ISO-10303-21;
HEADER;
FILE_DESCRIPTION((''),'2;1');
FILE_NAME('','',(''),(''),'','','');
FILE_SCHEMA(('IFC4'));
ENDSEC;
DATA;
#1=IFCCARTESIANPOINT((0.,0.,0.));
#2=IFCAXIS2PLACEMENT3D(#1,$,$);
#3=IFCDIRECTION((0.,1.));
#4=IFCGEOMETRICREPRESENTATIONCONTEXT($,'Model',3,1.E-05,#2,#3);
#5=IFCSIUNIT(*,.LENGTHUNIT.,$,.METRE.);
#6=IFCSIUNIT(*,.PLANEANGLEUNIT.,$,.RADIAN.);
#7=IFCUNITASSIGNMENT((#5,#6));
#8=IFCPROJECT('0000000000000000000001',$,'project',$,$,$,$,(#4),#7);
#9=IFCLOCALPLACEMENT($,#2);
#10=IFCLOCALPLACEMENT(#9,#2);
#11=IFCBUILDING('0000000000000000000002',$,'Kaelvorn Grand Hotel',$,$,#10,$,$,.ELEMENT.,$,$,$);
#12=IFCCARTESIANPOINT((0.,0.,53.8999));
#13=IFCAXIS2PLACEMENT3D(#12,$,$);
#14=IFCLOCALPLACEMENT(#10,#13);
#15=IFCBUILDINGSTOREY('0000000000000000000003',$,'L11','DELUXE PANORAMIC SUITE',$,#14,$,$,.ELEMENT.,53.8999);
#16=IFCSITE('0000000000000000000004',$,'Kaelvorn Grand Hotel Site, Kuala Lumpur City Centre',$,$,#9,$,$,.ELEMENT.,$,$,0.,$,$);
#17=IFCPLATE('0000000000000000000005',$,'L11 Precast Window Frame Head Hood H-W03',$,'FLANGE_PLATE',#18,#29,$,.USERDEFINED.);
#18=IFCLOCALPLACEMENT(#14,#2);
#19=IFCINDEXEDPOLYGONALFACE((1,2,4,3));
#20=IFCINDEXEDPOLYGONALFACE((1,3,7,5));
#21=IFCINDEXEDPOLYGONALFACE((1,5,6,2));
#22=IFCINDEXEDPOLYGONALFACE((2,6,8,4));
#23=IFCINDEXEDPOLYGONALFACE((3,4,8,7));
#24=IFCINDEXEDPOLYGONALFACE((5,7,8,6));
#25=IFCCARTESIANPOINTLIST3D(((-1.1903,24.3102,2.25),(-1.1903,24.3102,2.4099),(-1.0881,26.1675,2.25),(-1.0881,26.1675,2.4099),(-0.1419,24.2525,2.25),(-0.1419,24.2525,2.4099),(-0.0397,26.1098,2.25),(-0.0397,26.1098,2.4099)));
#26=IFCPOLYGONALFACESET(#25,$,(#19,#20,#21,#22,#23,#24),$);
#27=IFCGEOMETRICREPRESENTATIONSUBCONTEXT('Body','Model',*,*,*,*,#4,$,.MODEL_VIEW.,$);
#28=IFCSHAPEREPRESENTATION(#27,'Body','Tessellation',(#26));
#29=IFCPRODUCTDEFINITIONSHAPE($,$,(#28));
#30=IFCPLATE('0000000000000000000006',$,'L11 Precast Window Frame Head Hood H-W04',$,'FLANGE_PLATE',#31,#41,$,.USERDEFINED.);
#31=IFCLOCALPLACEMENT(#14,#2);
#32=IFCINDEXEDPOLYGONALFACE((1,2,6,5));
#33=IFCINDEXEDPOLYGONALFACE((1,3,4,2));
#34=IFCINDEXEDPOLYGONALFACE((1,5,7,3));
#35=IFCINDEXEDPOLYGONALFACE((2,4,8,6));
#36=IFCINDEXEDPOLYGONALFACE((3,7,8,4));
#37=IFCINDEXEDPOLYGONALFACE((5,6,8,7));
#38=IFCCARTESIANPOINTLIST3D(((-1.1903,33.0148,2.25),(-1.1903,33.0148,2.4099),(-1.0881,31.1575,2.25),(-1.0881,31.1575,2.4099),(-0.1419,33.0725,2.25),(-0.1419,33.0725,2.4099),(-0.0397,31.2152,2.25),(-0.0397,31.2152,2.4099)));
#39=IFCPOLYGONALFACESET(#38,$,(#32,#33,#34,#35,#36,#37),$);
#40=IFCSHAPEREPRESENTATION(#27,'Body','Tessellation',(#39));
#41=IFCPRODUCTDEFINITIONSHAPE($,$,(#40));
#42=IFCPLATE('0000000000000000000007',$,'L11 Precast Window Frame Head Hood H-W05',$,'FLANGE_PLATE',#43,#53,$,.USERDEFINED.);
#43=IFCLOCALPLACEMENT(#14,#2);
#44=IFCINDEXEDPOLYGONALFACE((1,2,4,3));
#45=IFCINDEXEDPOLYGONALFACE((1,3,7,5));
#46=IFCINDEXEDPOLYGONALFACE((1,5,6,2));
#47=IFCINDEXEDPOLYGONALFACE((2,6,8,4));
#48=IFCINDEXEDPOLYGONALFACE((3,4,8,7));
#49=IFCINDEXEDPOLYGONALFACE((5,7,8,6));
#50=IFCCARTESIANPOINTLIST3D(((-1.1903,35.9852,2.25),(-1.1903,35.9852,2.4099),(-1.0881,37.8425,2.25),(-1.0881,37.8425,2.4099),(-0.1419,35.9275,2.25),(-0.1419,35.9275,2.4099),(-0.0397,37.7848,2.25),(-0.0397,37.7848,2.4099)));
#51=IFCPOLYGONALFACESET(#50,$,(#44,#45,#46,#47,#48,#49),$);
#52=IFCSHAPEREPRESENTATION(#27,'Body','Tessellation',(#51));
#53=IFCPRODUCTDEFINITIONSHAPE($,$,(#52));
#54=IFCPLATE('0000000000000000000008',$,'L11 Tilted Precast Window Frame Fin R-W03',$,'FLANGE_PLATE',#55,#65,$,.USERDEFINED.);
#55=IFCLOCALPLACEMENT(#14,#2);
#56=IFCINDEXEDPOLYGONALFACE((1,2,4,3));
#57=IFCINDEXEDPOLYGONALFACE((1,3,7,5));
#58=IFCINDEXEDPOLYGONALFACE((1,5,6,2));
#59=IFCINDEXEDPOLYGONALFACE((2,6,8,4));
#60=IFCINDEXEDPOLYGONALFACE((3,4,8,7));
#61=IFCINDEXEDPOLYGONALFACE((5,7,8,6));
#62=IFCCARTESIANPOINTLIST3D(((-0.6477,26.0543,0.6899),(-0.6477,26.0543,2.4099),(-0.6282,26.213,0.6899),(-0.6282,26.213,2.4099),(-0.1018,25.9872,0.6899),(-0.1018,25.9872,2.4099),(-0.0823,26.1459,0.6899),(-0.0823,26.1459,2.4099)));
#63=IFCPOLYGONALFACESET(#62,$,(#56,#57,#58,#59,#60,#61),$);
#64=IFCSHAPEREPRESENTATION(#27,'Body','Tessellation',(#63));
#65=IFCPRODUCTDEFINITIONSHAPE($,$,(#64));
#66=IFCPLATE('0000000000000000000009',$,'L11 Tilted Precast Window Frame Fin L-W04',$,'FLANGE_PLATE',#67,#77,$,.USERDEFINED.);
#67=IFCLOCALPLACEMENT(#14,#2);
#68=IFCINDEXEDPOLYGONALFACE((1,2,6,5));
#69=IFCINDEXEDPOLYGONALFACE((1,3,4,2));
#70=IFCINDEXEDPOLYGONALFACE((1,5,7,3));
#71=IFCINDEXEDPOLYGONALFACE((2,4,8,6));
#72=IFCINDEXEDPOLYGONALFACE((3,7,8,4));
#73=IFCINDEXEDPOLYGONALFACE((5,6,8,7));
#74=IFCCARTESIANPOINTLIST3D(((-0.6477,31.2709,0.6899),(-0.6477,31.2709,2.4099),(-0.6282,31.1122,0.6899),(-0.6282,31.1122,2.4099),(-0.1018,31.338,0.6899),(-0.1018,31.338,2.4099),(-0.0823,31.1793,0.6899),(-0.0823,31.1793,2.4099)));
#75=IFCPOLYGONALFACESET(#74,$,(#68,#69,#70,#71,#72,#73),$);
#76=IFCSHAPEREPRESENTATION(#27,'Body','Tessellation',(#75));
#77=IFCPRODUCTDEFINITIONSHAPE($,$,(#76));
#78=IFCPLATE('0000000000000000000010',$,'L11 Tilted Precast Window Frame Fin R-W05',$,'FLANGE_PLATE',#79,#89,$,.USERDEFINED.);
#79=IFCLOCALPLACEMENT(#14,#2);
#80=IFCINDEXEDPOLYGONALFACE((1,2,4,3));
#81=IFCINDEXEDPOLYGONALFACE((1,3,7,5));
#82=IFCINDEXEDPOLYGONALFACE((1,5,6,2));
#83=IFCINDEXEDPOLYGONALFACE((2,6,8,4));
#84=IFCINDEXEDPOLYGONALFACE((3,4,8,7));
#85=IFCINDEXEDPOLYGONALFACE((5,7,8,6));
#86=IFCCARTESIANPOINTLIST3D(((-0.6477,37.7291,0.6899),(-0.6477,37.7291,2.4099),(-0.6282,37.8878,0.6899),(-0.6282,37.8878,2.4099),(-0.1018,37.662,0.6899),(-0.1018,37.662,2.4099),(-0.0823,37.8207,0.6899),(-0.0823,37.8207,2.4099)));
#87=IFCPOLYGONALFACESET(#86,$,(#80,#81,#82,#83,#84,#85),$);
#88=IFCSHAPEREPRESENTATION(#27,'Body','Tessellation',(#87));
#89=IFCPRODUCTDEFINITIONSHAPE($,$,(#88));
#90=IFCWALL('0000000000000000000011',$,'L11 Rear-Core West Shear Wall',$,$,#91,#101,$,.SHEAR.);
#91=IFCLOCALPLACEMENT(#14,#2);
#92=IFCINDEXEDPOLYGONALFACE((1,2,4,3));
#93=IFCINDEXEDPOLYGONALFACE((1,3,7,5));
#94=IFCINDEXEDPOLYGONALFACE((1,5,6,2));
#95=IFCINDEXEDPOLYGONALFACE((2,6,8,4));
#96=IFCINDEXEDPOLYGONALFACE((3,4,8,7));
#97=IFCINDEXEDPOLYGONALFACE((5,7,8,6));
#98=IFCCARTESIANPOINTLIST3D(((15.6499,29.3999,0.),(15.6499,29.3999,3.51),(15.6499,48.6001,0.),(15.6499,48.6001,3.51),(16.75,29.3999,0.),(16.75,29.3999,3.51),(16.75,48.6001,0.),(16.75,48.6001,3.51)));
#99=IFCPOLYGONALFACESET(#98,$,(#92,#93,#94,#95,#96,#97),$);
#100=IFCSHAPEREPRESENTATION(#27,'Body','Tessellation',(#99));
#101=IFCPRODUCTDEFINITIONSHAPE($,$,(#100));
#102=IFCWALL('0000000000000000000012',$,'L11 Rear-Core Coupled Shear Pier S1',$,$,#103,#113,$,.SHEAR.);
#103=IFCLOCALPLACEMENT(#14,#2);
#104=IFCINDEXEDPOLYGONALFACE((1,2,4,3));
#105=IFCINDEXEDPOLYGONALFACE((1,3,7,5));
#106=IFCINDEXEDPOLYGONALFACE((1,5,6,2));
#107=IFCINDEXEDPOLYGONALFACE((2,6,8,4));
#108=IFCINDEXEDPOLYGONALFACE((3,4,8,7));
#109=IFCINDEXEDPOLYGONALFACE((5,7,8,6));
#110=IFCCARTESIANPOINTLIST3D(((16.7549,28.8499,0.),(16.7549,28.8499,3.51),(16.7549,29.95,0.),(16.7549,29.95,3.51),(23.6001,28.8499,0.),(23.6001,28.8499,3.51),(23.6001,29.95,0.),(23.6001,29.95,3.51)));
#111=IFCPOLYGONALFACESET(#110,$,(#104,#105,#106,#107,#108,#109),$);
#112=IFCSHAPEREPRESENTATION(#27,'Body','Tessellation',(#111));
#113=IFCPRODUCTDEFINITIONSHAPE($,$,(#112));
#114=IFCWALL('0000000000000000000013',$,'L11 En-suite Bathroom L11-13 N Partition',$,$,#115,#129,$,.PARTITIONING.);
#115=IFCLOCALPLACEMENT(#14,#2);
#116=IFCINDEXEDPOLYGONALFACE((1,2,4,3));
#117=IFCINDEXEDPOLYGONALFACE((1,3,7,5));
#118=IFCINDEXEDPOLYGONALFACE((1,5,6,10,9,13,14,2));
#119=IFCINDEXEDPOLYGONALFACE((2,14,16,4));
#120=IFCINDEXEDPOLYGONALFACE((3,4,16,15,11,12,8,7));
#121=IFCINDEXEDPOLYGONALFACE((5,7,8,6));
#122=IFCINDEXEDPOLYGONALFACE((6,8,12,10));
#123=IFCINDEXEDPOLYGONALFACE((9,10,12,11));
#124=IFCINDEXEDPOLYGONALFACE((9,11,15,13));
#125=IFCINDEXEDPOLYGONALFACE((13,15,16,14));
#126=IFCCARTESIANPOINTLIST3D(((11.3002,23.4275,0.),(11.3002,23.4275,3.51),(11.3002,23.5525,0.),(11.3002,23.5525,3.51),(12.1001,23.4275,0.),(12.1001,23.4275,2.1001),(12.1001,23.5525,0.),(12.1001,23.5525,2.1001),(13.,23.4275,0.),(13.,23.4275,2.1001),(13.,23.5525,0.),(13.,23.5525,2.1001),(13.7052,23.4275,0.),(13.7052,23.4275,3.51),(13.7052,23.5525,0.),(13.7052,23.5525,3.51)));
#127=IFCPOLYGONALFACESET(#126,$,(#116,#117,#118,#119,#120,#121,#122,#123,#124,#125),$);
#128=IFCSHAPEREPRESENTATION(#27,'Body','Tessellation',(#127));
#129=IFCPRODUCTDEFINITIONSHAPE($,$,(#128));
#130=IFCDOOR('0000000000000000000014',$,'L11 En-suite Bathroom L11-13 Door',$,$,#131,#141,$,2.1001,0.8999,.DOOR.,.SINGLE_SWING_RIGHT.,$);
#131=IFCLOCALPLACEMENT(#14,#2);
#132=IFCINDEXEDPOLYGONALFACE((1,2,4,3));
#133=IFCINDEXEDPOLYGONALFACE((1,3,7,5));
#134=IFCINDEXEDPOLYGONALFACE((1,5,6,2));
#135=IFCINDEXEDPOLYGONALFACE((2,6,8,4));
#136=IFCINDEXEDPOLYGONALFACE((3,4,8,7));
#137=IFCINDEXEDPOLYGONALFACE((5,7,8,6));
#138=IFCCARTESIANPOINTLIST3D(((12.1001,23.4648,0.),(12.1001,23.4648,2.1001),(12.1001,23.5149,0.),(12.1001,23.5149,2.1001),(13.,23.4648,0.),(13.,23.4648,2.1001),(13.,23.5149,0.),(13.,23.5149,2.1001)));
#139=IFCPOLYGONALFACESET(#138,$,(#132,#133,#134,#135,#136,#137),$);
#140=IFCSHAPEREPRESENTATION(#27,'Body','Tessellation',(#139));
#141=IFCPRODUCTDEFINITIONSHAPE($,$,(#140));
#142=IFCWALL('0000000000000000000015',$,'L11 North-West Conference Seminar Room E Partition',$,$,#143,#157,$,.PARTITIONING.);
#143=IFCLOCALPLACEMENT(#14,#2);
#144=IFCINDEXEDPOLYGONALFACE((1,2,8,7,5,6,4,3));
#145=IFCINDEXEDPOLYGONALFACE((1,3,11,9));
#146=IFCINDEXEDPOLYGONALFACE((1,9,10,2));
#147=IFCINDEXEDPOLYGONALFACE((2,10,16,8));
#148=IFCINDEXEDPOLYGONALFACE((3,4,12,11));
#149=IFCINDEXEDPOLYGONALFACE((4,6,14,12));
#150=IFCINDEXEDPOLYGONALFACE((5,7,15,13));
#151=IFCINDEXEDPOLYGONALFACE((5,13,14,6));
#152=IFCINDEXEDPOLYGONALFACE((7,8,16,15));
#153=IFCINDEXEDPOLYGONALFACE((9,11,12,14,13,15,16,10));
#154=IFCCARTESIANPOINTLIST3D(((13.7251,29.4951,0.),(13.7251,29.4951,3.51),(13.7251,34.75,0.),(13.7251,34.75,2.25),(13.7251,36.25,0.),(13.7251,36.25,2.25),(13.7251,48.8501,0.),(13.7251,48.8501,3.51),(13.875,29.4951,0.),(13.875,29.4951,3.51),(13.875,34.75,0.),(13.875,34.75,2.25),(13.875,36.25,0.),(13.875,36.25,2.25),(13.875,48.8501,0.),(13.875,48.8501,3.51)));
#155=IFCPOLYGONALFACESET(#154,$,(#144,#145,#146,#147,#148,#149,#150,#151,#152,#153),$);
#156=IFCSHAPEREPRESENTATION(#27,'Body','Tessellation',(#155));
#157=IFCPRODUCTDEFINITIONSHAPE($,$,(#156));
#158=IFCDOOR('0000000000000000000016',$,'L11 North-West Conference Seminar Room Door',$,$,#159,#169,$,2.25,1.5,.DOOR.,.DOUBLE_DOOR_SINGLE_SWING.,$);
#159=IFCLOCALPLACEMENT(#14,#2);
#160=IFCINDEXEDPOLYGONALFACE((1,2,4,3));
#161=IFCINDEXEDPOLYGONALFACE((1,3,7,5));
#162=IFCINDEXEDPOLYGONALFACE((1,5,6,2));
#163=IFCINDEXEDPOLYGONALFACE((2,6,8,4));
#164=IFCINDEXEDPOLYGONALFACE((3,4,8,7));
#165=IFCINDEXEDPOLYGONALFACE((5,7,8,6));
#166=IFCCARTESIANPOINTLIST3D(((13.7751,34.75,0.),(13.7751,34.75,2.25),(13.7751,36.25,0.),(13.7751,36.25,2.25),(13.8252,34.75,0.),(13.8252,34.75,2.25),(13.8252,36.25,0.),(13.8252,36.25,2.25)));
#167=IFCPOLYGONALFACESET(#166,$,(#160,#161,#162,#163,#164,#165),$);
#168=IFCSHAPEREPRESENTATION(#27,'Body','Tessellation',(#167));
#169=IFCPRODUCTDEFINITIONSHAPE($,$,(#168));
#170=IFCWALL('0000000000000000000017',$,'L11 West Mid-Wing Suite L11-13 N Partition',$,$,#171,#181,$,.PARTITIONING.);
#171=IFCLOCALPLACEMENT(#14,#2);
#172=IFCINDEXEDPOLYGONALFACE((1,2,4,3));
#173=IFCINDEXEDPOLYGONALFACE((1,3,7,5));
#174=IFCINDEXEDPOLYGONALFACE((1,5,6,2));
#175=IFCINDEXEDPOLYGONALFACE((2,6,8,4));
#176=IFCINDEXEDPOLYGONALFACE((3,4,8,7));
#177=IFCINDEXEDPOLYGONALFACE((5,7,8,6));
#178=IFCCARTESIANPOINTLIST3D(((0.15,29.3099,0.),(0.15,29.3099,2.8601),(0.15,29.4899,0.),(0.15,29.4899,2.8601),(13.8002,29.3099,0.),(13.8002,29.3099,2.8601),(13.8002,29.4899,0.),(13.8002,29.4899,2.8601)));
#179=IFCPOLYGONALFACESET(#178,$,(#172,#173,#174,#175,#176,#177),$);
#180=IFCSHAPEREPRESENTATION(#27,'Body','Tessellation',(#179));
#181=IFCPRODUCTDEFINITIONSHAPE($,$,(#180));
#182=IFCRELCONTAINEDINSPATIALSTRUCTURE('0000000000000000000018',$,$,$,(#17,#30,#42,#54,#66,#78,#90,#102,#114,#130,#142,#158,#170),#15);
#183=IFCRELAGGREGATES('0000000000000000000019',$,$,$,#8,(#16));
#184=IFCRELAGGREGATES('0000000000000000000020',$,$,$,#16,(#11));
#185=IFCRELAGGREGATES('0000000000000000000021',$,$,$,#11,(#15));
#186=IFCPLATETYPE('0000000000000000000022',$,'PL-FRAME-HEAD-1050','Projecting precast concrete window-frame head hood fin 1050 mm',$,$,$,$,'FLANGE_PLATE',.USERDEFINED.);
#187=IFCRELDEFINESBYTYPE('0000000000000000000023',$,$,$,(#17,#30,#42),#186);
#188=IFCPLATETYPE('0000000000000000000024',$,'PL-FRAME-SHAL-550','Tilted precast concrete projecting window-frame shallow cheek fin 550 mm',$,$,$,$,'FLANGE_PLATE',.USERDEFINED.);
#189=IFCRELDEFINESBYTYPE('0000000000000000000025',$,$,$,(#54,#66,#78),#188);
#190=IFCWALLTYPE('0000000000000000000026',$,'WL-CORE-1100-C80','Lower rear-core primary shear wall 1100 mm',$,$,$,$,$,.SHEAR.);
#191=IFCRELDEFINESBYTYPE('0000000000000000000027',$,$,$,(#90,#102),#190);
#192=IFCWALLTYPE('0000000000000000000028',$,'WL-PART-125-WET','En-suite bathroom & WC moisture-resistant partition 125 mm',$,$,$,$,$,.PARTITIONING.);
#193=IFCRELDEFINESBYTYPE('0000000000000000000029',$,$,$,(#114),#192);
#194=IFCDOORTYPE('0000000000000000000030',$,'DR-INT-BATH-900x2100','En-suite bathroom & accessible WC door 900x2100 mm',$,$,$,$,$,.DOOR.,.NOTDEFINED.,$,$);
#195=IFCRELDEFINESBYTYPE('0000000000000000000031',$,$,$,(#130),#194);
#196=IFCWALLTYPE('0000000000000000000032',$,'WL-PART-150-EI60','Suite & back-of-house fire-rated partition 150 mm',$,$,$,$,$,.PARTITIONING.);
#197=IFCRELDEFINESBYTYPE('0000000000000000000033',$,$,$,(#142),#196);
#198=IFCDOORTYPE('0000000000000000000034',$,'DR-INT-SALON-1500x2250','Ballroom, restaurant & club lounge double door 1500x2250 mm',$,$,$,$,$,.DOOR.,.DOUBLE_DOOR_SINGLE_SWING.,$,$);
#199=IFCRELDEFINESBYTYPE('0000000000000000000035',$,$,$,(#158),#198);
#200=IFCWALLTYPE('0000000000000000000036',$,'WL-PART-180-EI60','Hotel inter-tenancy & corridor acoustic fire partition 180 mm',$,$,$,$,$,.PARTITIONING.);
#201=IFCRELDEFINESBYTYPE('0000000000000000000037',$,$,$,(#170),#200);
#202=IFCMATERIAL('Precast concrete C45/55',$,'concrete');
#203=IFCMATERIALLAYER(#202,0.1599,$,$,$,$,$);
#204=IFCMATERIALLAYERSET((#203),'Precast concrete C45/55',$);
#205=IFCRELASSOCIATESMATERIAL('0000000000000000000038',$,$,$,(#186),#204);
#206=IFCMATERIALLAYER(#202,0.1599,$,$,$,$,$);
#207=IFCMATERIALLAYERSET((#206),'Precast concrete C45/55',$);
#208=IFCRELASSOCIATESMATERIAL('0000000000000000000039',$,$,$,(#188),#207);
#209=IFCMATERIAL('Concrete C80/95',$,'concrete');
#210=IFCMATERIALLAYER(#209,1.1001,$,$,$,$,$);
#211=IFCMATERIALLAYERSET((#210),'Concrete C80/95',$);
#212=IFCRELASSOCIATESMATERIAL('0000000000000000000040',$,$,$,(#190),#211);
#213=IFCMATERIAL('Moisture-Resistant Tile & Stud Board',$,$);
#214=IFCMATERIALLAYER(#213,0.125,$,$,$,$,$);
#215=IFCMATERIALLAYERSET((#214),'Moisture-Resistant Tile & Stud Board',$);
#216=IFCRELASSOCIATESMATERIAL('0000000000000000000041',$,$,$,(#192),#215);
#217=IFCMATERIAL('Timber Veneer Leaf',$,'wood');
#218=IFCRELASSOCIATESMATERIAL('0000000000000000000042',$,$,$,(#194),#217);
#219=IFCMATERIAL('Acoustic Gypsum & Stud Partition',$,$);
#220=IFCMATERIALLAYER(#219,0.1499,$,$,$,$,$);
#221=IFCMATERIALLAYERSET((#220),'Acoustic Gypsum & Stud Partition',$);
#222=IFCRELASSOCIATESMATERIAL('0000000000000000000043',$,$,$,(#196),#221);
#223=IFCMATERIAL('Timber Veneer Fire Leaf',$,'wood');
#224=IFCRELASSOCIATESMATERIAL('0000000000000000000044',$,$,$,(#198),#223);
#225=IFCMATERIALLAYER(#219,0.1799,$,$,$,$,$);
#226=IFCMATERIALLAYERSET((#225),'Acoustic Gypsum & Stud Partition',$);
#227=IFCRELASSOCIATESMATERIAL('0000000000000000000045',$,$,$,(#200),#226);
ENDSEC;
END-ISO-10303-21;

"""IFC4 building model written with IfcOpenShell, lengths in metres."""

from ifc_helpers import new_model, si_unit, direction, frame, frame_2d, origin, origin_2d, place, context, subcontext, project, spatial, rectangle, extrude, material, layer, layer_set, type_object, element, fill, save


model = new_model("IFC4")

# Units and contexts
model_context = context("Model", 3, precision=1e-05, world=origin(), true_north=direction((0.0, 1.0)))
body_context = subcontext(model_context, "Body", "Model", "MODEL_VIEW")
ifc_project = project(units=[si_unit("LENGTHUNIT", "METRE"), si_unit("PLANEANGLEUNIT", "RADIAN")], contexts=[model_context])

# Site, building, storey
site_placement = place(None, origin())
site = spatial("IfcSite", under=ifc_project, at=site_placement, Name="Kaelvorn Grand Hotel Site, Kuala Lumpur City Centre", CompositionType="ELEMENT", RefElevation=0.0)
building_placement = place(site_placement, origin())
building = spatial("IfcBuilding", under=site, at=building_placement, Name="Kaelvorn Grand Hotel", CompositionType="ELEMENT")
storey_placement = place(building_placement, frame((0.0, 0.0, 53.8999)))
storey = spatial("IfcBuildingStorey", under=building, at=storey_placement, Name="L11", Description="DELUXE PANORAMIC SUITE", CompositionType="ELEMENT", Elevation=53.8999)

# Shared definitions
ifc_material_1 = material(Name="Concrete C80/95", Category="concrete")

# Plates
ifc_material_2 = material(Name="Precast concrete C45/55", Category="concrete")
ifc_layer_1 = layer(ifc_material_2, 0.1599)
ifc_layer_set_1 = layer_set([ifc_layer_1], Name="Precast concrete C45/55")
plate_type_1 = type_object("IfcPlateType", Name="PL-FRAME-HEAD-1050", Description="Projecting precast concrete window-frame head hood fin 1050 mm", ElementType="FLANGE_PLATE", PredefinedType="USERDEFINED", material=ifc_layer_set_1)
for number, where, z_axis, x_axis, name in (
    (1, (-0.615, 25.21, 2.25), (0.0, 0.0, 1.0), (0.05495, 0.998489, 0.0), "L11 Precast Window Frame Head Hood H-W03"),
    (2, (-0.615, 32.115, 2.25), (0.0, 0.0, 1.0), (-0.05495, 0.998489, 0.0), "L11 Precast Window Frame Head Hood H-W04"),
    (3, (-0.615, 36.885, 2.25), (0.0, 0.0, 1.0), (0.05495, 0.998489, 0.0), "L11 Precast Window Frame Head Hood H-W05"),
):
    element("IfcPlate", number, at=place(storey_placement, frame(where, z_axis=z_axis, x_axis=x_axis)), inside=storey, type_object=plate_type_1, Name=name, ObjectType="FLANGE_PLATE", PredefinedType="USERDEFINED", context=body_context, shape_type="SweptSolid", body=[
        extrude(rectangle(XDim=1.8601, YDim=1.05, at=origin_2d()), origin(), (0.0, 0.0, 1.0), 0.1599),
    ])
ifc_layer_2 = layer(ifc_material_2, 0.1599)
ifc_layer_set_2 = layer_set([ifc_layer_2], Name="Precast concrete C45/55")
plate_type_2 = type_object("IfcPlateType", Name="PL-FRAME-SHAL-550", Description="Tilted precast concrete projecting window-frame shallow cheek fin 550 mm", ElementType="FLANGE_PLATE", PredefinedType="USERDEFINED", material=ifc_layer_set_2)
for number, where, z_axis, x_axis, name in (
    (4, (-0.365, 26.1001, 0.6899), (0.0, 0.0, 1.0), (0.121869, 0.992546, 0.0), "L11 Tilted Precast Window Frame Fin R-W03"),
    (5, (-0.365, 31.2251, 0.6899), (0.0, 0.0, 1.0), (-0.121869, 0.992546, 0.0), "L11 Tilted Precast Window Frame Fin L-W04"),
    (6, (-0.365, 37.7749, 0.6899), (0.0, 0.0, 1.0), (0.121869, 0.992546, 0.0), "L11 Tilted Precast Window Frame Fin R-W05"),
):
    element("IfcPlate", number, at=place(storey_placement, frame(where, z_axis=z_axis, x_axis=x_axis)), inside=storey, type_object=plate_type_2, Name=name, ObjectType="FLANGE_PLATE", PredefinedType="USERDEFINED", context=body_context, shape_type="SweptSolid", body=[
        extrude(rectangle(XDim=0.1599, YDim=0.55, at=origin_2d()), origin(), (0.0, 0.0, 1.0), 1.72),
    ])

# Walls
ifc_layer_3 = layer(ifc_material_1, 1.1001)
ifc_layer_set_3 = layer_set([ifc_layer_3], Name="Concrete C80/95")
wall_type_1 = type_object("IfcWallType", Name="WL-CORE-1100-C80", Description="Lower rear-core primary shear wall 1100 mm", PredefinedType="SHEAR", material=ifc_layer_set_3)
wall_1_placement = place(storey_placement, frame((16.2, 29.3999, 0.0), z_axis=(0.0, 0.0, 1.0), x_axis=(0.0, 1.0, 0.0)))
element("IfcWall", 7, at=wall_1_placement, inside=storey, type_object=wall_type_1, Name="L11 Rear-Core West Shear Wall", PredefinedType="SHEAR", context=body_context, shape_type="SweptSolid", body=[
    extrude(rectangle(XDim=19.2002, YDim=1.1001, at=frame_2d((9.6001, 0.0))), origin(), (0.0, 0.0, 1.0), 3.51),
])
wall_2_placement = place(storey_placement, frame((16.7549, 29.3999, 0.0), z_axis=(0.0, 0.0, 1.0), x_axis=(1.0, 0.0, 0.0)))
element("IfcWall", 8, at=wall_2_placement, inside=storey, type_object=wall_type_1, Name="L11 Rear-Core Coupled Shear Pier S1", PredefinedType="SHEAR", context=body_context, shape_type="SweptSolid", body=[
    extrude(rectangle(XDim=6.8452, YDim=1.1001, at=frame_2d((3.4226, 0.0))), origin(), (0.0, 0.0, 1.0), 3.51),
])

# Walls, openings, doors
ifc_material_3 = material(Name="Moisture-Resistant Tile & Stud Board")
ifc_layer_4 = layer(ifc_material_3, 0.125)
ifc_layer_set_4 = layer_set([ifc_layer_4], Name="Moisture-Resistant Tile & Stud Board")
wall_type_2 = type_object("IfcWallType", Name="WL-PART-125-WET", Description="En-suite bathroom & WC moisture-resistant partition 125 mm", PredefinedType="PARTITIONING", material=ifc_layer_set_4)
wall_3_placement = place(storey_placement, frame((11.3, 23.49, 0.0), z_axis=(0.0, 0.0, 1.0), x_axis=(1.0, 0.0, 0.0)))
wall_3 = element("IfcWall", 9, at=wall_3_placement, inside=storey, type_object=wall_type_2, Name="L11 En-suite Bathroom L11-13 N Partition", PredefinedType="PARTITIONING", context=body_context, shape_type="SweptSolid", body=[
    extrude(rectangle(XDim=2.405, YDim=0.125, at=frame_2d((1.2026, 0.0))), origin(), (0.0, 0.0, 1.0), 3.51),
])
opening_1_placement = place(wall_3_placement, frame((0.8, 0.0, 0.0)))
opening_1 = element("IfcOpeningElement", 10, at=opening_1_placement, cuts=wall_3, PredefinedType="OPENING", context=body_context, shape_type="SweptSolid", body=[
    extrude(rectangle(XDim=0.8999, YDim=2.1001, at=frame_2d((0.45, 1.05))), frame((0.0, 0.0725, 0.0), z_axis=(0.0, -1.0, 0.0), x_axis=(1.0, 0.0, 0.0)), (0.0, 0.0, 1.0), 0.145),
])
ifc_material_4 = material(Name="Timber Veneer Leaf", Category="wood")
door_type_1 = type_object("IfcDoorType", Name="DR-INT-BATH-900x2100", Description="En-suite bathroom & accessible WC door 900x2100 mm", OperationType="NOTDEFINED", PredefinedType="DOOR", material=ifc_material_4)
door_1_placement = place(opening_1_placement, origin())
door_1 = element("IfcDoor", 11, at=door_1_placement, inside=storey, type_object=door_type_1, Name="L11 En-suite Bathroom L11-13 Door", OperationType="SINGLE_SWING_RIGHT", OverallHeight=2.1001, OverallWidth=0.8999, PredefinedType="DOOR", context=body_context, shape_type="SweptSolid", body=[
    extrude(rectangle(XDim=0.8999, YDim=2.1001, at=frame_2d((0.45, 1.05))), frame((0.0, 0.0249, 0.0), z_axis=(0.0, -1.0, 0.0), x_axis=(1.0, 0.0, 0.0)), (0.0, 0.0, 1.0), 0.05),
])
fill(opening_1, door_1)
ifc_material_5 = material(Name="Acoustic Gypsum & Stud Partition")
ifc_layer_5 = layer(ifc_material_5, 0.1499)
ifc_layer_set_5 = layer_set([ifc_layer_5], Name="Acoustic Gypsum & Stud Partition")
wall_type_3 = type_object("IfcWallType", Name="WL-PART-150-EI60", Description="Suite & back-of-house fire-rated partition 150 mm", PredefinedType="PARTITIONING", material=ifc_layer_set_5)
wall_4_placement = place(storey_placement, frame((13.8, 29.4951, 0.0), z_axis=(0.0, 0.0, 1.0), x_axis=(0.0, 1.0, 0.0)))
wall_4 = element("IfcWall", 12, at=wall_4_placement, inside=storey, type_object=wall_type_3, Name="L11 North-West Conference Seminar Room E Partition", PredefinedType="PARTITIONING", context=body_context, shape_type="SweptSolid", body=[
    extrude(rectangle(XDim=19.355, YDim=0.1499, at=frame_2d((9.6775, 0.0))), origin(), (0.0, 0.0, 1.0), 3.51),
])
opening_2_placement = place(wall_4_placement, frame((5.2549, 0.0, 0.0)))
opening_2 = element("IfcOpeningElement", 13, at=opening_2_placement, cuts=wall_4, PredefinedType="OPENING", context=body_context, shape_type="SweptSolid", body=[
    extrude(rectangle(XDim=1.5, YDim=2.25, at=frame_2d((0.75, 1.125))), frame((0.0, 0.085, 0.0), z_axis=(0.0, -1.0, 0.0), x_axis=(1.0, 0.0, 0.0)), (0.0, 0.0, 1.0), 0.1699),
])
ifc_material_6 = material(Name="Timber Veneer Fire Leaf", Category="wood")
door_type_2 = type_object("IfcDoorType", Name="DR-INT-SALON-1500x2250", Description="Ballroom, restaurant & club lounge double door 1500x2250 mm", OperationType="DOUBLE_DOOR_SINGLE_SWING", PredefinedType="DOOR", material=ifc_material_6)
door_2_placement = place(opening_2_placement, origin())
door_2 = element("IfcDoor", 14, at=door_2_placement, inside=storey, type_object=door_type_2, Name="L11 North-West Conference Seminar Room Door", OperationType="DOUBLE_DOOR_SINGLE_SWING", OverallHeight=2.25, OverallWidth=1.5, PredefinedType="DOOR", context=body_context, shape_type="SweptSolid", body=[
    extrude(rectangle(XDim=1.5, YDim=2.25, at=frame_2d((0.75, 1.125))), frame((0.0, 0.0249, 0.0), z_axis=(0.0, -1.0, 0.0), x_axis=(1.0, 0.0, 0.0)), (0.0, 0.0, 1.0), 0.05),
])
fill(opening_2, door_2)

# Wall
ifc_layer_6 = layer(ifc_material_5, 0.1799)
ifc_layer_set_6 = layer_set([ifc_layer_6], Name="Acoustic Gypsum & Stud Partition")
wall_type_4 = type_object("IfcWallType", Name="WL-PART-180-EI60", Description="Hotel inter-tenancy & corridor acoustic fire partition 180 mm", PredefinedType="PARTITIONING", material=ifc_layer_set_6)
wall_5_placement = place(storey_placement, frame((0.1499, 29.3999, 0.0), z_axis=(0.0, 0.0, 1.0), x_axis=(1.0, 0.0, 0.0)))
element("IfcWall", 15, at=wall_5_placement, inside=storey, type_object=wall_type_4, Name="L11 West Mid-Wing Suite L11-13 N Partition", PredefinedType="PARTITIONING", context=body_context, shape_type="SweptSolid", body=[
    extrude(rectangle(XDim=13.6501, YDim=0.1799, at=frame_2d((6.8252, 0.0))), origin(), (0.0, 0.0, 1.0), 2.8601),
])

save(model, "model.ifc")
